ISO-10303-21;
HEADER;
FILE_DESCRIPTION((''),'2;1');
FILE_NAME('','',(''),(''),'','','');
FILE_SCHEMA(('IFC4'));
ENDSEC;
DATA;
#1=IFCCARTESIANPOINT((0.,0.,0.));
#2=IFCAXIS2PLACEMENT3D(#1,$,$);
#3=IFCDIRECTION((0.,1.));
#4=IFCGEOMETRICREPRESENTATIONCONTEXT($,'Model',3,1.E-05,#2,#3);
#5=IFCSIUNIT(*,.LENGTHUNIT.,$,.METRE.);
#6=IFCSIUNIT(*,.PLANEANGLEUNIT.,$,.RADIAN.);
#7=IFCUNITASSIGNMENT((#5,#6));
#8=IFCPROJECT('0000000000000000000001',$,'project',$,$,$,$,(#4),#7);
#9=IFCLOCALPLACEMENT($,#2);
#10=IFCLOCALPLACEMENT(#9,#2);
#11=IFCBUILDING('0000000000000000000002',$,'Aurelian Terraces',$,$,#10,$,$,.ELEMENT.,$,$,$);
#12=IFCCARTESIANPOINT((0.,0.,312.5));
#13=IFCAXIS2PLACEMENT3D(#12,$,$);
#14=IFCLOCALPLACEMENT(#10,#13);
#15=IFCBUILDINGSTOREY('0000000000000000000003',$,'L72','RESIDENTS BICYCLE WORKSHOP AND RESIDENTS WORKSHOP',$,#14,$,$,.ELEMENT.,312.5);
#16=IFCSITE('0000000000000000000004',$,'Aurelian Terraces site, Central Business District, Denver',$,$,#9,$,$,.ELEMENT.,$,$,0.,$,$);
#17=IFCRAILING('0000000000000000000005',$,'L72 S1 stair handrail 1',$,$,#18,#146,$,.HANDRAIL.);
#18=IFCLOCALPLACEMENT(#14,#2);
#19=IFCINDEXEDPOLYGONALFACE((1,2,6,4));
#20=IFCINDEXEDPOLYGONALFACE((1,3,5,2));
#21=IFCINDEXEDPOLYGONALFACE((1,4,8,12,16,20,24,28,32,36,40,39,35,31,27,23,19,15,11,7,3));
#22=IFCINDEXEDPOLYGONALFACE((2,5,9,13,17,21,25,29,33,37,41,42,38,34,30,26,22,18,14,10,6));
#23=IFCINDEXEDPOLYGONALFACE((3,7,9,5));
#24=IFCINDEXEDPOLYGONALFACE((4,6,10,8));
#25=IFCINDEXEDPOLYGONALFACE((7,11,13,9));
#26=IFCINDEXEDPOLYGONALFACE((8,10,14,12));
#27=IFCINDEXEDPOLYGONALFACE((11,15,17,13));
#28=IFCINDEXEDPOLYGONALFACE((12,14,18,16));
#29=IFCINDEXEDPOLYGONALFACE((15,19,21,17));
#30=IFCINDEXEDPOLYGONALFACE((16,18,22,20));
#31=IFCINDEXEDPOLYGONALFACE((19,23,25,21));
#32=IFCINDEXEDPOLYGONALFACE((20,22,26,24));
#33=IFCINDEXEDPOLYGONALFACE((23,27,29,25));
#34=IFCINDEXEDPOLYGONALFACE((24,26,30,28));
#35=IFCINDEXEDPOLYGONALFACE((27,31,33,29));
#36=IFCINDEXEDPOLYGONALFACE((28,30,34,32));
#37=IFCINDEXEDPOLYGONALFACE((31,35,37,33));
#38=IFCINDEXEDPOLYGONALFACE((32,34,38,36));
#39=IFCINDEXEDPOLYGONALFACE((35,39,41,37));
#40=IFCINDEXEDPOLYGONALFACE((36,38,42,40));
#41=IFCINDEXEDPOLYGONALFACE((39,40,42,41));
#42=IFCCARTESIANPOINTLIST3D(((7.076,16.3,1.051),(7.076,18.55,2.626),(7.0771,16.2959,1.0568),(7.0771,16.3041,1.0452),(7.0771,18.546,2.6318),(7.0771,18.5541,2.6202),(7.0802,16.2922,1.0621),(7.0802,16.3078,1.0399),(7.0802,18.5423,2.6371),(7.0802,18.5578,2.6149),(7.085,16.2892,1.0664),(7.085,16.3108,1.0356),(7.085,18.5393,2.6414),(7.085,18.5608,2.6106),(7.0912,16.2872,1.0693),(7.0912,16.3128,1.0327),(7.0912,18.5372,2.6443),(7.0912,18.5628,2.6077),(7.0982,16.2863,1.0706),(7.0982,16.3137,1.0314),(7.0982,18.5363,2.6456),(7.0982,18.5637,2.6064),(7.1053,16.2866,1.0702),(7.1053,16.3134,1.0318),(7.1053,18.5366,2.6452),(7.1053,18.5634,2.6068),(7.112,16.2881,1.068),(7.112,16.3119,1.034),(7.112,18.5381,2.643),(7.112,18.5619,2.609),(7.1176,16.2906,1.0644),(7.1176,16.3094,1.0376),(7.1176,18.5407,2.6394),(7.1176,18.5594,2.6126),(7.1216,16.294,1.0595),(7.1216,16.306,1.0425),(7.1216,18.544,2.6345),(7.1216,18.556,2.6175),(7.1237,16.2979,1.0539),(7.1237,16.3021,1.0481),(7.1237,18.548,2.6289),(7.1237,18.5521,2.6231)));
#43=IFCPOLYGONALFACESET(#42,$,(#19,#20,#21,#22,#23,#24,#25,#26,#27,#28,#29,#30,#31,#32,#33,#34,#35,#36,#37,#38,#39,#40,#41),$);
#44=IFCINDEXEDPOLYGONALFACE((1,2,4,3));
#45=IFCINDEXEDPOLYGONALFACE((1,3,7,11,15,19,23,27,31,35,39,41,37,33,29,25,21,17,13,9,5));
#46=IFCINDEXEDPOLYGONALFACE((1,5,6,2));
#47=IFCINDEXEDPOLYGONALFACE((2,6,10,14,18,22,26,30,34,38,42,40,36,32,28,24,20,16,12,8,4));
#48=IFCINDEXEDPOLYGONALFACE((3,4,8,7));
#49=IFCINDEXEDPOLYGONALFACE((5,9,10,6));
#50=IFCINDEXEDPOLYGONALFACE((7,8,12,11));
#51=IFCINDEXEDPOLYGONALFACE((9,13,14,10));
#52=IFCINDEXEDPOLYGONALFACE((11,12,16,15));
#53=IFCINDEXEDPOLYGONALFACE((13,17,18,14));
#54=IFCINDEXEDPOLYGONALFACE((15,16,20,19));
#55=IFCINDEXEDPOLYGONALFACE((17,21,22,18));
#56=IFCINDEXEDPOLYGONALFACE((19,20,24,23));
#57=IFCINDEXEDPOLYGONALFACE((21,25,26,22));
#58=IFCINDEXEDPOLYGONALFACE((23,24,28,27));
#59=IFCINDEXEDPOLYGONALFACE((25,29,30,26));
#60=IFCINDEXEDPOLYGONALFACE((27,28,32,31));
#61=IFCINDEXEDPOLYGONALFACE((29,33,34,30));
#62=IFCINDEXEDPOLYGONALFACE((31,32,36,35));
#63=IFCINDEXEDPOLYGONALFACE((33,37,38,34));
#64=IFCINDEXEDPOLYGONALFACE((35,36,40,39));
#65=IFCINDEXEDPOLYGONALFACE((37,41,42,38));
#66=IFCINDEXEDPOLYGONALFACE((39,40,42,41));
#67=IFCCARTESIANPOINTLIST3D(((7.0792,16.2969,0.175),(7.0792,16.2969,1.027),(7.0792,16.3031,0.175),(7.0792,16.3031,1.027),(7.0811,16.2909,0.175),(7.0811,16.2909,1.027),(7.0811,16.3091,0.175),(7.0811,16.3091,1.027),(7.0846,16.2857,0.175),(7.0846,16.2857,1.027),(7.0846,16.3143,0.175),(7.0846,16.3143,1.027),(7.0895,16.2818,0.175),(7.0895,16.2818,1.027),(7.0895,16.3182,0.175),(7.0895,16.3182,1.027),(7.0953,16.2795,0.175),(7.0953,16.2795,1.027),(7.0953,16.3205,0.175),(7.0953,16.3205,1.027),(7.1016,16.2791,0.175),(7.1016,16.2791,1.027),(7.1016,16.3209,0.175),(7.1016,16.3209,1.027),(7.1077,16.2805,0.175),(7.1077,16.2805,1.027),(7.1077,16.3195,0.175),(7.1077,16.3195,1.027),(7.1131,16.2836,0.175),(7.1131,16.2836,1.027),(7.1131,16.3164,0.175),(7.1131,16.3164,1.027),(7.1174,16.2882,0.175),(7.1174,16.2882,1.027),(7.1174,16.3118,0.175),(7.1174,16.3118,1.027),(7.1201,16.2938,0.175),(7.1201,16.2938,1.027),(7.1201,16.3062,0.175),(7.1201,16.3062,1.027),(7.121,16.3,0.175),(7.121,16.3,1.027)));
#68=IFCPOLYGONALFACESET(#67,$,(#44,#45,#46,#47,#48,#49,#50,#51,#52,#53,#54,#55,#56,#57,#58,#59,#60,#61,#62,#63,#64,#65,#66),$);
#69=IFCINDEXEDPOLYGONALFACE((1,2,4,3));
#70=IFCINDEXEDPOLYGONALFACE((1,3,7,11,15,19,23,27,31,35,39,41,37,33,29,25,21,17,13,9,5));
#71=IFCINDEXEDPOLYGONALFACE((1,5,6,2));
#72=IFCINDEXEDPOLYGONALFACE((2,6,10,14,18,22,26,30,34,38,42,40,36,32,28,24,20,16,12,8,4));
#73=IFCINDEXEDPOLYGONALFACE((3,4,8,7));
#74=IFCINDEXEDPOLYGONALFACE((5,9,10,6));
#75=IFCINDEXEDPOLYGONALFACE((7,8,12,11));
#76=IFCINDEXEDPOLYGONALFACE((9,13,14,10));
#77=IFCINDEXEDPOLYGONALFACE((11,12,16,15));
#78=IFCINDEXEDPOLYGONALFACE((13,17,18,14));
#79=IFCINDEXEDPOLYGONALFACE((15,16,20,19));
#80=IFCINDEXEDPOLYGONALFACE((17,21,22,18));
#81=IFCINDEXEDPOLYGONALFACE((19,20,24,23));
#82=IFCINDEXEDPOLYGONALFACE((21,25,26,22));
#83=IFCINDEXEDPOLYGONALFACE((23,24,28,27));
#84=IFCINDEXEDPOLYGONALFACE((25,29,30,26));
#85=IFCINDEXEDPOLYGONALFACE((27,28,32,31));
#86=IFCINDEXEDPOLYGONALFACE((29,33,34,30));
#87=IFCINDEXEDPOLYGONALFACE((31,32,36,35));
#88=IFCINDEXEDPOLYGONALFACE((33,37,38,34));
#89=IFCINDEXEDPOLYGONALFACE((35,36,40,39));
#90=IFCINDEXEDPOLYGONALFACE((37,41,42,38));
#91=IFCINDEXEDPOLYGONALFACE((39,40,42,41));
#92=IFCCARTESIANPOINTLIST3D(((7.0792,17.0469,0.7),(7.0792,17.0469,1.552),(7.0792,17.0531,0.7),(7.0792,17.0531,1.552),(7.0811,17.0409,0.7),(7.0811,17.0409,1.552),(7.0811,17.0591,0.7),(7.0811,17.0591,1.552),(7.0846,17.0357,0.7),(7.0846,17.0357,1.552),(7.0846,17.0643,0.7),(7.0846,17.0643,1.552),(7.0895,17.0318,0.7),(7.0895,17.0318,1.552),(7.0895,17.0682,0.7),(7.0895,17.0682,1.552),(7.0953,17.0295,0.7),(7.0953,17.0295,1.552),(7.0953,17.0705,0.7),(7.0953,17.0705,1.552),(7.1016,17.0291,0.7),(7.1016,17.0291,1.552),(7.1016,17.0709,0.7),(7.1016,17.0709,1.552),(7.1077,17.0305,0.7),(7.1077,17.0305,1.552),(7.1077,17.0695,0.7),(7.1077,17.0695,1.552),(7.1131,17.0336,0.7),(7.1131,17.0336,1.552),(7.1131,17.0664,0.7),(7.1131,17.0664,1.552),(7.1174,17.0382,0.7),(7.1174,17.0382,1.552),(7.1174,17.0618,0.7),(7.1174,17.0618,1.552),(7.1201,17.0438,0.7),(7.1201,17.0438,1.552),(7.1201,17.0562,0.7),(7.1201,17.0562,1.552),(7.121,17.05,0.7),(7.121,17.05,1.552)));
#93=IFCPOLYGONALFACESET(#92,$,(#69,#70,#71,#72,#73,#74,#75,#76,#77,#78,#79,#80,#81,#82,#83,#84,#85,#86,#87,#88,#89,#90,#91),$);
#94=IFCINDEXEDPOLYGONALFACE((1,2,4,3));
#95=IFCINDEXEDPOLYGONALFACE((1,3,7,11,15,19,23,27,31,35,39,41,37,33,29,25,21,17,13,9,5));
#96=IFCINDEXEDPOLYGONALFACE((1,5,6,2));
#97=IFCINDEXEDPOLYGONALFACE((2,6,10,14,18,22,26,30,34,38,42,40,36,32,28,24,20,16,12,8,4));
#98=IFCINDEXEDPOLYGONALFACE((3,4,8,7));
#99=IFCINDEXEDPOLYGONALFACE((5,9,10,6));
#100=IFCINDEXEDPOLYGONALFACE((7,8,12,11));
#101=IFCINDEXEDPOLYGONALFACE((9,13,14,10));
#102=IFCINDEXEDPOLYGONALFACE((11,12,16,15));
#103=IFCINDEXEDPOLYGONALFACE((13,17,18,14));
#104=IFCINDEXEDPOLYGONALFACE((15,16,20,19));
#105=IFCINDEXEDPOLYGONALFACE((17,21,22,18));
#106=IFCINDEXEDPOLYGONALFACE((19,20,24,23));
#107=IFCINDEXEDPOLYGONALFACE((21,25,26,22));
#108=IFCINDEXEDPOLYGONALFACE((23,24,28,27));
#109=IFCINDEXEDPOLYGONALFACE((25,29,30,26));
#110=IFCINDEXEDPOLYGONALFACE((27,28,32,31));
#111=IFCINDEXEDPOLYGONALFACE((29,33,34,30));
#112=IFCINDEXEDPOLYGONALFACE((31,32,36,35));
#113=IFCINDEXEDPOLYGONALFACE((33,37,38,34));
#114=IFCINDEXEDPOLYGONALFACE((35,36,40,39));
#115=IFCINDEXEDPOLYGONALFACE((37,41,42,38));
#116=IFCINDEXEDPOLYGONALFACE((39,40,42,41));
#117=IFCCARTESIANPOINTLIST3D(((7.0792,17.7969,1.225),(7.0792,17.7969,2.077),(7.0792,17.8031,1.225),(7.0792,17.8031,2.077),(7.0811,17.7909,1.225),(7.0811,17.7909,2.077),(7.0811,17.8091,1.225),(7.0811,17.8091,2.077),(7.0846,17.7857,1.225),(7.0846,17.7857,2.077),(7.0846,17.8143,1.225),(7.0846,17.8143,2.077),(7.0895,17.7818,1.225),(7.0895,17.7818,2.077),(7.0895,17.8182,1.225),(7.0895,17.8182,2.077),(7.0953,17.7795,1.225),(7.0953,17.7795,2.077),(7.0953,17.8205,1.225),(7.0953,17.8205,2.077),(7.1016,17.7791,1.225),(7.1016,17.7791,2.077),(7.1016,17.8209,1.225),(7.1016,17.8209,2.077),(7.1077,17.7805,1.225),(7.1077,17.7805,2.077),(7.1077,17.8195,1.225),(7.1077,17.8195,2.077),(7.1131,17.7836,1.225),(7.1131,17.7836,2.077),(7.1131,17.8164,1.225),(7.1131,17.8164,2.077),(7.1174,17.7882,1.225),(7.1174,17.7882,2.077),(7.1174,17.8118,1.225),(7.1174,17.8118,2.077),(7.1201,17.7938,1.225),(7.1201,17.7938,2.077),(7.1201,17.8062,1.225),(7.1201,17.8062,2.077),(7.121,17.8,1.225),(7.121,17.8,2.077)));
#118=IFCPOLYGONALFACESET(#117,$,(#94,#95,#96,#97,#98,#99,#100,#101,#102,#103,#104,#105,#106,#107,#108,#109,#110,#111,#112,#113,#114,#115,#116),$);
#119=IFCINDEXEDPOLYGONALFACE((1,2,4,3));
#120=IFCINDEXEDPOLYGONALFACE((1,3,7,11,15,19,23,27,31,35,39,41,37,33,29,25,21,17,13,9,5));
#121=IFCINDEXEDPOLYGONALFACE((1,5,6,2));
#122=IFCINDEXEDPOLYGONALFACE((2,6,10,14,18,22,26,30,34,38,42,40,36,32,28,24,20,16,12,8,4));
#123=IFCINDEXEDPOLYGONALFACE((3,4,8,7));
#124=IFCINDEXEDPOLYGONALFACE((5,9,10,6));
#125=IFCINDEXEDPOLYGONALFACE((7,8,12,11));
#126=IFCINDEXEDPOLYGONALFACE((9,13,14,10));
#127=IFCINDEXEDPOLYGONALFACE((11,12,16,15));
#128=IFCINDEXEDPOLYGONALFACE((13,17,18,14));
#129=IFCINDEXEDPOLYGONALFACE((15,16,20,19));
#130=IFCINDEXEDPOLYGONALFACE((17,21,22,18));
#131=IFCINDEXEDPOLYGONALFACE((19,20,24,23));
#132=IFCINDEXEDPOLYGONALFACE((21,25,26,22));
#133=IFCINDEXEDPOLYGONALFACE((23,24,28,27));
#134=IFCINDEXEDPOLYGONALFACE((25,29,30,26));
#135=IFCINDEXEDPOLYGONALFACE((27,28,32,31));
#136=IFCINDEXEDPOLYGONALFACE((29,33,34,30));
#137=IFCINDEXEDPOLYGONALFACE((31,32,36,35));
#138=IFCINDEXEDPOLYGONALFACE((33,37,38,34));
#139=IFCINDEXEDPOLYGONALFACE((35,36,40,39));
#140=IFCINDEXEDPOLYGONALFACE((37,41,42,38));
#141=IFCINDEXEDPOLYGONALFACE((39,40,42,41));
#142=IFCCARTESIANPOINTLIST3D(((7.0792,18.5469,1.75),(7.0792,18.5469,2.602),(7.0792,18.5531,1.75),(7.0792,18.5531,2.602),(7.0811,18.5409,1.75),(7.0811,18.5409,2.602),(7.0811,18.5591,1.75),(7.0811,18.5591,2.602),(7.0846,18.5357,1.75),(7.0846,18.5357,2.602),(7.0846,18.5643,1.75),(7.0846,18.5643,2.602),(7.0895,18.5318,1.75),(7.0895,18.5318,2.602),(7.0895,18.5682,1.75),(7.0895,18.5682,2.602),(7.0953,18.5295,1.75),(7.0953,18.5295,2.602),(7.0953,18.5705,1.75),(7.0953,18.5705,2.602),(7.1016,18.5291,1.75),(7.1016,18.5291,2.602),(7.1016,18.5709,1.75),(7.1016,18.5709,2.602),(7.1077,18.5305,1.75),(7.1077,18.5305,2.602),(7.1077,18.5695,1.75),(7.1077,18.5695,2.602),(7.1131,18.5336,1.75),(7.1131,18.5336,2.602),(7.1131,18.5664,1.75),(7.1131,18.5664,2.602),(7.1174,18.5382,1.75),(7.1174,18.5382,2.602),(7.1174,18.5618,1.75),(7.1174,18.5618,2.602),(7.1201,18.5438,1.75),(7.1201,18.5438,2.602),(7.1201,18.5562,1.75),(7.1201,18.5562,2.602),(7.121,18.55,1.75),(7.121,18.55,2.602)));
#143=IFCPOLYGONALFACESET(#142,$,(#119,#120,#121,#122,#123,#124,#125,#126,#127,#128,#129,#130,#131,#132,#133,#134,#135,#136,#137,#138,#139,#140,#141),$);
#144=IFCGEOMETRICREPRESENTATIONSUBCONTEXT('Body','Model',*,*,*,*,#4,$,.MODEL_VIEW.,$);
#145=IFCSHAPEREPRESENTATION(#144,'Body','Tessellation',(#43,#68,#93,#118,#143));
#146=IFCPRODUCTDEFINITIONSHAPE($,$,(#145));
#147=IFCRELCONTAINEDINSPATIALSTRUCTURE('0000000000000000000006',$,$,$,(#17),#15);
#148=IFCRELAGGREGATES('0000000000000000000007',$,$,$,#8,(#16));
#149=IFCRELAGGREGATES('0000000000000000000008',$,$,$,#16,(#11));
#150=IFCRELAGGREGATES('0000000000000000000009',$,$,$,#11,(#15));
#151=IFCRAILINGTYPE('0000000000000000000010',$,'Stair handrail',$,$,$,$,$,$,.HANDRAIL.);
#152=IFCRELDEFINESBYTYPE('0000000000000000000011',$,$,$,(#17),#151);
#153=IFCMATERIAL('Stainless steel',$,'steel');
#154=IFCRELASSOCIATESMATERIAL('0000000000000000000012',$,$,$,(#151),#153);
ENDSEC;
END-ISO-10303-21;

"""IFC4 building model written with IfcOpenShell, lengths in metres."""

from ifc_helpers import new_model, si_unit, direction, frame, origin, origin_2d, place, context, subcontext, project, spatial, circle, extrude, source, transform, mapped, material, type_object, element, save


model = new_model("IFC4")

# Units and contexts
model_context = context("Model", 3, precision=1e-05, world=origin(), true_north=direction((0.0, 1.0)))
body_context = subcontext(model_context, "Body", "Model", "MODEL_VIEW")
ifc_project = project(units=[si_unit("LENGTHUNIT", "METRE"), si_unit("PLANEANGLEUNIT", "RADIAN")], contexts=[model_context])

# Site, building, storey
site_placement = place(None, origin())
site = spatial("IfcSite", under=ifc_project, at=site_placement, Name="Aurelian Terraces site, Central Business District, Denver", CompositionType="ELEMENT", RefElevation=0.0)
building_placement = place(site_placement, origin())
building = spatial("IfcBuilding", under=site, at=building_placement, Name="Aurelian Terraces", CompositionType="ELEMENT")
storey_placement = place(building_placement, frame((0.0, 0.0, 312.5)))
storey = spatial("IfcBuildingStorey", under=building, at=storey_placement, Name="L72", Description="RESIDENTS BICYCLE WORKSHOP AND RESIDENTS WORKSHOP", CompositionType="ELEMENT", Elevation=312.5)

# Railing
ifc_material_1 = material(Name="Stainless steel", Category="steel")
railing_type = type_object("IfcRailingType", Name="Stair handrail", PredefinedType="HANDRAIL", material=ifc_material_1)
shared_shape_1 = source(origin(), body_context, "Body", "SweptSolid", [
    extrude(circle(Radius=0.024, at=origin_2d()), frame((0.0, 0.0, 0.876), z_axis=(0.0, 0.819232, 0.573462), x_axis=(-1.0, 0.0, 0.0)), (0.0, 0.0, 1.0), 2.7465),
    extrude(circle(Radius=0.021, at=origin_2d()), origin(), (0.0, 0.0, 1.0), 0.852),
    extrude(circle(Radius=0.021, at=origin_2d()), frame((0.0, 0.75, 0.525)), (0.0, 0.0, 1.0), 0.852),
    extrude(circle(Radius=0.021, at=origin_2d()), frame((0.0, 1.5, 1.05)), (0.0, 0.0, 1.0), 0.852),
    extrude(circle(Radius=0.021, at=origin_2d()), frame((0.0, 2.25, 1.575)), (0.0, 0.0, 1.0), 0.852),
])
railing_placement = place(storey_placement, frame((7.1, 16.3, 0.175)))
element("IfcRailing", 1, at=railing_placement, inside=storey, type_object=railing_type, Name="L72 S1 stair handrail 1", PredefinedType="HANDRAIL", context=body_context, shape_type="MappedRepresentation", body=[
    mapped(shared_shape_1, transform((0.0, 0.0, 0.0), scale=1.0)),
])

save(model, "model.ifc")
